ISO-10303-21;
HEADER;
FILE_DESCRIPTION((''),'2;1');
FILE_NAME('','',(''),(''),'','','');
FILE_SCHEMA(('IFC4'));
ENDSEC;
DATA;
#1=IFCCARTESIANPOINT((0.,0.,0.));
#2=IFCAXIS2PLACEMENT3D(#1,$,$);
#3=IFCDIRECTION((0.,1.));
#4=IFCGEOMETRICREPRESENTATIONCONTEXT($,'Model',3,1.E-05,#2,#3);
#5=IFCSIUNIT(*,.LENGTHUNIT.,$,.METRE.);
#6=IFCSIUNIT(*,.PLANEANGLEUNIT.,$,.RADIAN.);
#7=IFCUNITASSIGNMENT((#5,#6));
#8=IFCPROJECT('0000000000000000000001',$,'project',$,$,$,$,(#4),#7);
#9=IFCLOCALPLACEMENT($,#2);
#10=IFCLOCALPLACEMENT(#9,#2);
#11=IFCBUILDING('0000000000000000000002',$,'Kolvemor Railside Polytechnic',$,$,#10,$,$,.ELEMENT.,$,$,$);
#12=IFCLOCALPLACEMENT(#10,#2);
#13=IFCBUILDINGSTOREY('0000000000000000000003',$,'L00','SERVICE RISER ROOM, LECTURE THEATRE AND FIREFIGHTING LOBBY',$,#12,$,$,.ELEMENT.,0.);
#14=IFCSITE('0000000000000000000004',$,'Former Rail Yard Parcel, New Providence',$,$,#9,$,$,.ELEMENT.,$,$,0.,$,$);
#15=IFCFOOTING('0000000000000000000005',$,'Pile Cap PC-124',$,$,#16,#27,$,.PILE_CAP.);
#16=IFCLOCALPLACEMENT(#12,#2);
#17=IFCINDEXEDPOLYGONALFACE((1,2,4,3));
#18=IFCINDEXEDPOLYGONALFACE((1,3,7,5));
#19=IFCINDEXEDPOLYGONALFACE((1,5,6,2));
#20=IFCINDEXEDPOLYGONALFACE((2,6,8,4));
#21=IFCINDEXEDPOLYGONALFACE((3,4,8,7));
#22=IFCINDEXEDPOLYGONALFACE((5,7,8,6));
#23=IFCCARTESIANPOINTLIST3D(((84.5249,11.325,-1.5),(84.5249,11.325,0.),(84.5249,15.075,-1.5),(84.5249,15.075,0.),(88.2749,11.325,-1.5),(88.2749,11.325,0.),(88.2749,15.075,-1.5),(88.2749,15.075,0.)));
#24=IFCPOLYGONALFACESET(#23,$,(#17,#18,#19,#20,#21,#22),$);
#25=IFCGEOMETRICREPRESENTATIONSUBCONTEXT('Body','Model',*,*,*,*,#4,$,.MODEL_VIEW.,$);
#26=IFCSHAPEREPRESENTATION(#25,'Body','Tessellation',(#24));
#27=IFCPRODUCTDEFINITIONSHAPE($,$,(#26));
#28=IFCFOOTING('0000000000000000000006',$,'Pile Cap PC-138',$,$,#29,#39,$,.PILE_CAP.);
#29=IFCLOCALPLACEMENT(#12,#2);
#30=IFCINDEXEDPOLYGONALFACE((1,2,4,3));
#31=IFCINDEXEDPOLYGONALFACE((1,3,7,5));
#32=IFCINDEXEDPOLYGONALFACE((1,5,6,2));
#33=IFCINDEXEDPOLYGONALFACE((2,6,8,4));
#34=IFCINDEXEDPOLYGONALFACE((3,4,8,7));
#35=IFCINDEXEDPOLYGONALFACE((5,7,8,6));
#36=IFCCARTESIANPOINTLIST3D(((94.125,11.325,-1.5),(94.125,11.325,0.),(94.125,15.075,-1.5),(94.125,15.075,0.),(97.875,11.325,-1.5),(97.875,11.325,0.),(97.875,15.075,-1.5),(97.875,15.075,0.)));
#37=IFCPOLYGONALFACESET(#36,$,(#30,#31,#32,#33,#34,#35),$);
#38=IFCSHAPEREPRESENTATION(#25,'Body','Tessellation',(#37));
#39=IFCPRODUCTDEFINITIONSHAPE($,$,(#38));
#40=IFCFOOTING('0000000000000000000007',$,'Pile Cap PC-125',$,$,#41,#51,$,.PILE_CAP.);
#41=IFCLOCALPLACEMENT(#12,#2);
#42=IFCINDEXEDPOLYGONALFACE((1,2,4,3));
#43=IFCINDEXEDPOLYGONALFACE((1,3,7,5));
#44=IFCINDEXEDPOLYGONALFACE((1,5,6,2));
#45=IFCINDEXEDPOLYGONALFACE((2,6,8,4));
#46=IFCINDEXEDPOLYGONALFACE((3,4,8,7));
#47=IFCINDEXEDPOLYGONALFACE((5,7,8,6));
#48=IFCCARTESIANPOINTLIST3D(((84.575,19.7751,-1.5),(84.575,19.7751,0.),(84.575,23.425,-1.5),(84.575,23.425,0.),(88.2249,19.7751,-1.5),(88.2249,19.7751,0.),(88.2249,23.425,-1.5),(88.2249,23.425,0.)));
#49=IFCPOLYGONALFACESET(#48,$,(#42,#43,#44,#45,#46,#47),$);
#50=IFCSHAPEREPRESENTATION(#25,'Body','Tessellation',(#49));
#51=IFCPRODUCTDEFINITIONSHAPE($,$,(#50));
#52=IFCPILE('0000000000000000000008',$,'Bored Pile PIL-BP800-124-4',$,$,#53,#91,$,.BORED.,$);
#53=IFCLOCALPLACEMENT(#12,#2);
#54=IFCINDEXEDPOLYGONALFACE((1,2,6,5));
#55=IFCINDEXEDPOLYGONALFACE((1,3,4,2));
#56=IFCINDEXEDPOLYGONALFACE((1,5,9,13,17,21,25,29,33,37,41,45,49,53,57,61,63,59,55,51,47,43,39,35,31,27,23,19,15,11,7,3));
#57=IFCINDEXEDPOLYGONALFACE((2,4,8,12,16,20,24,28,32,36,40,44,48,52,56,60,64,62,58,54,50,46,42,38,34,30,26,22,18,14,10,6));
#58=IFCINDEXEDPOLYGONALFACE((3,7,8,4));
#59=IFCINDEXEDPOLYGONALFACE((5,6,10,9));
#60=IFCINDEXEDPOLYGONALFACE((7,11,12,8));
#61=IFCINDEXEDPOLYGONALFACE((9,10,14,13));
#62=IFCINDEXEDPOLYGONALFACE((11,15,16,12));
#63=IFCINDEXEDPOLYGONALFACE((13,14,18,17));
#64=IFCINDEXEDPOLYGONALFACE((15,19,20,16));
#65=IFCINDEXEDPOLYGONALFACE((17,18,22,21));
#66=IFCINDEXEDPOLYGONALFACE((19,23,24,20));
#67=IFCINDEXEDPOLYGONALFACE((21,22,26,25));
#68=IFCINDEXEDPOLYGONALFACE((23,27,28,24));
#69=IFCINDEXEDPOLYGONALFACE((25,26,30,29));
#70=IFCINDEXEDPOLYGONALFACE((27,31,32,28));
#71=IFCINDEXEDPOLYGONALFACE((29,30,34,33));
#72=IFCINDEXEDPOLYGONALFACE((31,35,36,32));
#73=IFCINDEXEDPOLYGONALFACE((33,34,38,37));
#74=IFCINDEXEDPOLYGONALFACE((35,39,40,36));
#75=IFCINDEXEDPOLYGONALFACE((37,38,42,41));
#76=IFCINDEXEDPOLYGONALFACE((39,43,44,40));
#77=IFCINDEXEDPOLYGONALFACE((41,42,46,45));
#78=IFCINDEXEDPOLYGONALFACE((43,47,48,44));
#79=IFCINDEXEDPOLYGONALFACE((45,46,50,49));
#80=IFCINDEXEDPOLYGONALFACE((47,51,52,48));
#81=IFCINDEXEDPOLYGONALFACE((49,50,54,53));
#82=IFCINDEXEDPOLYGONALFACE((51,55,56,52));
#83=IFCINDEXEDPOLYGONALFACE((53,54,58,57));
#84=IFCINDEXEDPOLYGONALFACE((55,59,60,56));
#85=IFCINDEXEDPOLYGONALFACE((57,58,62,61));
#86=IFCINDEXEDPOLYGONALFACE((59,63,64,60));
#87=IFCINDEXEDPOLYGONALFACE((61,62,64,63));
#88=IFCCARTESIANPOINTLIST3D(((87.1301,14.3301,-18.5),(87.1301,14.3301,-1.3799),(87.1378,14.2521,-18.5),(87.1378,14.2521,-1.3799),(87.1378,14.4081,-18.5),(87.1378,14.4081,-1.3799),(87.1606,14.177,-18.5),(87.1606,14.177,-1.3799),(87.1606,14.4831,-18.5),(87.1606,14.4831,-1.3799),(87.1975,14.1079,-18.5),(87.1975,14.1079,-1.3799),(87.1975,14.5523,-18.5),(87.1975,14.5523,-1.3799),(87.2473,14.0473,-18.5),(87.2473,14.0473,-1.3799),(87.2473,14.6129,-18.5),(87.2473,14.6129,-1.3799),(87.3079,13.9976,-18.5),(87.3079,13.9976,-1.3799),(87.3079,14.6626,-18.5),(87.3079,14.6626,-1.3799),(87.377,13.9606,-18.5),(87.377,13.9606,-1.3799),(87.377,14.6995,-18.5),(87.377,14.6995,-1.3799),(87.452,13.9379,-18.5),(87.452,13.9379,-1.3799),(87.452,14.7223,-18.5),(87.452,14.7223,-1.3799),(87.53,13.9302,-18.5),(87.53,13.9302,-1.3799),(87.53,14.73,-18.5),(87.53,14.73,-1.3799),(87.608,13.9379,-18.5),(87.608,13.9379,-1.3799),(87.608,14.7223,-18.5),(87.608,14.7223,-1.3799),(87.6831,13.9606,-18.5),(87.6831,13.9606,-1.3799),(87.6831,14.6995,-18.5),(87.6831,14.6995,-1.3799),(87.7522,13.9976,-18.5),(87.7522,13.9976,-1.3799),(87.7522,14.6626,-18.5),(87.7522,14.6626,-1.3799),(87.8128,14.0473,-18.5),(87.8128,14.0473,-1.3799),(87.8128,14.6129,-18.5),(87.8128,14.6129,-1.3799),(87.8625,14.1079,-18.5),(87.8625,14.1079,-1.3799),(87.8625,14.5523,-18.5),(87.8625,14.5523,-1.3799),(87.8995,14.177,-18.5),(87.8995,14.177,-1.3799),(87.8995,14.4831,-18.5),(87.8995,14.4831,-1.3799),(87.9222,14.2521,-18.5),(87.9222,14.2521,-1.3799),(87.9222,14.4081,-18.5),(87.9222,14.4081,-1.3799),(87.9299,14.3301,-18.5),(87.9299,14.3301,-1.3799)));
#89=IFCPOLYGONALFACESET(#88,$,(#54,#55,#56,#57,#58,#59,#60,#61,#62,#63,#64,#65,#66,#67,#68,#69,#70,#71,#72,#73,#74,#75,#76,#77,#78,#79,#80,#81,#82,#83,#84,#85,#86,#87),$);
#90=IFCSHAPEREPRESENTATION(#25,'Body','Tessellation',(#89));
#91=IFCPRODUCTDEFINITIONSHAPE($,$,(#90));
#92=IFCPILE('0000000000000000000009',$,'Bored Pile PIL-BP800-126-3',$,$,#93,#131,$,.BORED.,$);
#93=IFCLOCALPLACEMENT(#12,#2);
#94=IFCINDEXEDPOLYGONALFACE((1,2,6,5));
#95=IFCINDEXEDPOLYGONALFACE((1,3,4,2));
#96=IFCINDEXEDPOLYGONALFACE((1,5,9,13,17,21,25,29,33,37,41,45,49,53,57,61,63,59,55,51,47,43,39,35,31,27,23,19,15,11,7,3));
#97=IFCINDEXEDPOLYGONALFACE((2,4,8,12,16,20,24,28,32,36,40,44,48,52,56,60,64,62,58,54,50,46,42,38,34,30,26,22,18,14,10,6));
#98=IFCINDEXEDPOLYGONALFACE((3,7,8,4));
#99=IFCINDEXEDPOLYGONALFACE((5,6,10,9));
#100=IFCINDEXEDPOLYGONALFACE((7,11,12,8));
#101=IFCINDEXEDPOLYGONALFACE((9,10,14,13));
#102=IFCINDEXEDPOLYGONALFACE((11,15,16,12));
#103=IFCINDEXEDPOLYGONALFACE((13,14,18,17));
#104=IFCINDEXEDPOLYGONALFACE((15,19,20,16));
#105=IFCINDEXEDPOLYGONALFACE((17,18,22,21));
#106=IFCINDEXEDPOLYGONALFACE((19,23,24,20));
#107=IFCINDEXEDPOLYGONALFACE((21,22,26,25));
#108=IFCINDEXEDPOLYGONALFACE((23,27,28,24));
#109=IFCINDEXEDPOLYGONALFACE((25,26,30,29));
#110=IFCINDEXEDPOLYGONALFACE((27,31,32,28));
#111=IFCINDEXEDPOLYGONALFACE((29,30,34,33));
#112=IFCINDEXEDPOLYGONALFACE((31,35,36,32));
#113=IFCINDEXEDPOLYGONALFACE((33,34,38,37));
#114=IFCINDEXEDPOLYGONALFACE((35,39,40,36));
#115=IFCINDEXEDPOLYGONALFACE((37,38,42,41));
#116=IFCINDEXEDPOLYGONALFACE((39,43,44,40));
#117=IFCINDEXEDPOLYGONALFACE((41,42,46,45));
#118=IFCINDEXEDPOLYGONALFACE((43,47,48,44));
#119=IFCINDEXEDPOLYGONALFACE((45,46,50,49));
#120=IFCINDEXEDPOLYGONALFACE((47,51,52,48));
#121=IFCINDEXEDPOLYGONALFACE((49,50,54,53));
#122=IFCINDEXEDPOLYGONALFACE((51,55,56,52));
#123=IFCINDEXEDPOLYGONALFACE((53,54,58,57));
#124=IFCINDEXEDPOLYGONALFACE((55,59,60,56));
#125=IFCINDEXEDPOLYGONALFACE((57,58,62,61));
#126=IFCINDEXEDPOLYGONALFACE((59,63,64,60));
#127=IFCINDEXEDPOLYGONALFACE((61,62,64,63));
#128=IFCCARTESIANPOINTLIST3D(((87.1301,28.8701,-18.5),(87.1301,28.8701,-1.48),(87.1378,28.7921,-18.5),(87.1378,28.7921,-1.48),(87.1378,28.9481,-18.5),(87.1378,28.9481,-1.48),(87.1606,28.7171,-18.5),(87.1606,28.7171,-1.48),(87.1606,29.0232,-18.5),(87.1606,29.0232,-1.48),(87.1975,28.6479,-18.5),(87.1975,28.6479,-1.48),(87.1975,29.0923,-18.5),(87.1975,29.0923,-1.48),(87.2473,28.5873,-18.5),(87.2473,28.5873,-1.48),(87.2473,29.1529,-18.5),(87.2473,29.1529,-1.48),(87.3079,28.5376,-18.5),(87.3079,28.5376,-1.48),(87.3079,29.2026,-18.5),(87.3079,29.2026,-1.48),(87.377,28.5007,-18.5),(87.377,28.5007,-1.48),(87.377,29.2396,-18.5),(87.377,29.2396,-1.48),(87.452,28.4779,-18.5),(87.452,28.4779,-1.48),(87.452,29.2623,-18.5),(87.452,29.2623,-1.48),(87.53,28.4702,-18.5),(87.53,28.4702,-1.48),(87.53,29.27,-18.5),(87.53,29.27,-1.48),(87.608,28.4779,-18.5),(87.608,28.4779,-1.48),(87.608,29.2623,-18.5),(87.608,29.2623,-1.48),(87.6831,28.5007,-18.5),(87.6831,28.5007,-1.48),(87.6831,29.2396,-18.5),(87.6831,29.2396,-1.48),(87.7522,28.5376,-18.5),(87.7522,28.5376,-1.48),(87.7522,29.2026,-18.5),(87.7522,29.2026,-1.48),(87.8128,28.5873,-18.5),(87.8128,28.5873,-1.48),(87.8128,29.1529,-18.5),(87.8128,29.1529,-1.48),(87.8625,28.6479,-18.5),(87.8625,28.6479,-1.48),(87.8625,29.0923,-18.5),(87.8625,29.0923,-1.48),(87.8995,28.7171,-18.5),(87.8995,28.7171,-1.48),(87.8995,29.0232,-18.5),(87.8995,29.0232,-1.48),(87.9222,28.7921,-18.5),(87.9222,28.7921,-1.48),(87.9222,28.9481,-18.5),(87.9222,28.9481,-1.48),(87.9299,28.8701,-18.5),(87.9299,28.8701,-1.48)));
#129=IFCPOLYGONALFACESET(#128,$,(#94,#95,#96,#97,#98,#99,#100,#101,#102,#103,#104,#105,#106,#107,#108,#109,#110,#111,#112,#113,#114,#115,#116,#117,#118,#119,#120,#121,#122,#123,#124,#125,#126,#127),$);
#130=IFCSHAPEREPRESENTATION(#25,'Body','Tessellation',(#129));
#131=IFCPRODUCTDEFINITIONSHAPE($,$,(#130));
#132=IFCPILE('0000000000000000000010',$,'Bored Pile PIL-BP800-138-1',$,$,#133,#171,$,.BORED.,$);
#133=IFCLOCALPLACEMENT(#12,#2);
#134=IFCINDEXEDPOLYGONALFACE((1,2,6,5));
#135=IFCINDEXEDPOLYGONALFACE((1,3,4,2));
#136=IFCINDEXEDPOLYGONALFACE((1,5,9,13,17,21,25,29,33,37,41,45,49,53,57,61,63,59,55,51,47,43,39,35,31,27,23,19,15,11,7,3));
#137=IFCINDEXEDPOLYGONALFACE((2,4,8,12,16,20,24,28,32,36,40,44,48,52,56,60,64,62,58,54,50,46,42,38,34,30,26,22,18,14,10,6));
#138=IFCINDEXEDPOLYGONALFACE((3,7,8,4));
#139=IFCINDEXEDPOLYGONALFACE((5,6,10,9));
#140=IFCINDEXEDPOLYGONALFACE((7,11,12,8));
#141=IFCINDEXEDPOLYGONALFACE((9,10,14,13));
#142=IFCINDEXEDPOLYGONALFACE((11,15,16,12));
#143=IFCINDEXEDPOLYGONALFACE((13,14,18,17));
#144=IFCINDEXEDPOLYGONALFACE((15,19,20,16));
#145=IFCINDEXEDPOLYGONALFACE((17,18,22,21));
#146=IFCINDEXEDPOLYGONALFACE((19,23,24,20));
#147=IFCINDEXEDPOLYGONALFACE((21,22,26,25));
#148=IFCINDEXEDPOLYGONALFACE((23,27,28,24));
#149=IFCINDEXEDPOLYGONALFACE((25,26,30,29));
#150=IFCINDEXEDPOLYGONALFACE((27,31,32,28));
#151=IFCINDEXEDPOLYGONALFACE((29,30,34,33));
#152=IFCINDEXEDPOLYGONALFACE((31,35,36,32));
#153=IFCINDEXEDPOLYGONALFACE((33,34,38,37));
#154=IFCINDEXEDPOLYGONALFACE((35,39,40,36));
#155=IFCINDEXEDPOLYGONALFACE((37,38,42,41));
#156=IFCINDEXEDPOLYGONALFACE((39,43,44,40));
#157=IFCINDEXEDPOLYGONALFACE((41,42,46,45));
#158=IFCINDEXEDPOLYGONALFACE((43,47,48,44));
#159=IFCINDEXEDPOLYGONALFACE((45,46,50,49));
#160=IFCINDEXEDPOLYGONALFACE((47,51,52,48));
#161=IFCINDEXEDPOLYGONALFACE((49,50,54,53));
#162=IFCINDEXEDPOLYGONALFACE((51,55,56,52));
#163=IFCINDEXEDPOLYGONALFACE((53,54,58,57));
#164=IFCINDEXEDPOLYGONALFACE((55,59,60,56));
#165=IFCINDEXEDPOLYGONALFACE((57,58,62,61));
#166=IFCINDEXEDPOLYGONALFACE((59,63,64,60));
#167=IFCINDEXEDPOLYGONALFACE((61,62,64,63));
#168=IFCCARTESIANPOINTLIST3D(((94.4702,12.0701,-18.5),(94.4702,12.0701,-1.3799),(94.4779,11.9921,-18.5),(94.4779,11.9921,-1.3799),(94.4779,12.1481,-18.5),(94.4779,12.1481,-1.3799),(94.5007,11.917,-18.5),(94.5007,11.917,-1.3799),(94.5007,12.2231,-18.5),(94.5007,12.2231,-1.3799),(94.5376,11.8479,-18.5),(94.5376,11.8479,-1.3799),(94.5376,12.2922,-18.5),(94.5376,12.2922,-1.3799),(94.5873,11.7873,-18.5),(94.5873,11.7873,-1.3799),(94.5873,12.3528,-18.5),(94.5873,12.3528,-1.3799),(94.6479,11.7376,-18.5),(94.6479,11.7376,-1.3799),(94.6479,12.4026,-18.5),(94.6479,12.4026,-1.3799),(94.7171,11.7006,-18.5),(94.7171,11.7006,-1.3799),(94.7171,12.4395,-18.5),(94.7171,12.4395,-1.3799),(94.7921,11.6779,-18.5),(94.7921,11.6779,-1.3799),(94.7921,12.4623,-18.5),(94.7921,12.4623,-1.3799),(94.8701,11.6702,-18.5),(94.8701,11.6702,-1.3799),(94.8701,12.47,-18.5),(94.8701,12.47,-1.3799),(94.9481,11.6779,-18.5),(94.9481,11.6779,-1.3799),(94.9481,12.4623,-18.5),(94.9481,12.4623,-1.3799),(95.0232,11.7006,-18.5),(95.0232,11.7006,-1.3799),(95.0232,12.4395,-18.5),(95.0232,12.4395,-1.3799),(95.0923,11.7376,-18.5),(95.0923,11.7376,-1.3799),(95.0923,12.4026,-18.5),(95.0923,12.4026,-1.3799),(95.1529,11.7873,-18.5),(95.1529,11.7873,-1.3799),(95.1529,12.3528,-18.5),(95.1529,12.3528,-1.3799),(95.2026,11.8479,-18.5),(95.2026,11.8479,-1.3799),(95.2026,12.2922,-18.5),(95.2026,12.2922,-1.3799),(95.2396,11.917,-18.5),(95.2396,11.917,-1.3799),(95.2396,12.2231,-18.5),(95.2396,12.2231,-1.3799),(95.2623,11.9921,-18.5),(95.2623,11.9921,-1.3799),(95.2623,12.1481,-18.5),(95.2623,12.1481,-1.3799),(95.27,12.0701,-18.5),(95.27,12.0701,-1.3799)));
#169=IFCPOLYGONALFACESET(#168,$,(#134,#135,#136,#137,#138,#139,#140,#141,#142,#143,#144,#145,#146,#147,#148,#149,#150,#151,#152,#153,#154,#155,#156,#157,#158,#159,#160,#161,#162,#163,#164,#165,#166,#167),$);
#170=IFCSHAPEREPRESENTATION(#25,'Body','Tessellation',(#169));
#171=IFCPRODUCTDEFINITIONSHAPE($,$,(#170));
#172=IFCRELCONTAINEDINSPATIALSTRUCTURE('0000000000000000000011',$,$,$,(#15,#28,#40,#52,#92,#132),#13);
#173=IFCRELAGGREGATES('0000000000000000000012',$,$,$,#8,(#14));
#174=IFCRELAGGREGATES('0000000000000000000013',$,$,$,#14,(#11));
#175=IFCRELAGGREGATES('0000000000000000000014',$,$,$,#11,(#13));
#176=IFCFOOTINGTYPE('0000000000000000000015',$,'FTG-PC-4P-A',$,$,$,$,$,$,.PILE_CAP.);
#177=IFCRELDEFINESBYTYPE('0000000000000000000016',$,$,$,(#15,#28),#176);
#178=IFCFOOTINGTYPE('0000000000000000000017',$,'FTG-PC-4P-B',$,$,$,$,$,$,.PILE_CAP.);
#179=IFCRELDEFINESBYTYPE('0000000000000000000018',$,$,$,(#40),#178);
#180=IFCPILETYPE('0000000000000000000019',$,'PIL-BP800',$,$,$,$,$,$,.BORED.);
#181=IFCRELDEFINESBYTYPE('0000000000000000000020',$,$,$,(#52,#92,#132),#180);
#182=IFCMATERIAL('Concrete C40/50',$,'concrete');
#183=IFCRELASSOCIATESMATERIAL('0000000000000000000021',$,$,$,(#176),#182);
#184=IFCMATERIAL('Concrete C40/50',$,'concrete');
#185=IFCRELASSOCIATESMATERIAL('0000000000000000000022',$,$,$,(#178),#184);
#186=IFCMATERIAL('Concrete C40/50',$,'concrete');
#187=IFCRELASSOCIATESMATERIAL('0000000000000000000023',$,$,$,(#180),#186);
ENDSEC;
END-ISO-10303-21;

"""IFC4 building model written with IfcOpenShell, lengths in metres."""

from ifc_helpers import new_model, si_unit, direction, frame, origin, origin_2d, place, context, subcontext, project, spatial, rectangle, circle, extrude, material, material_profile, profile_set, type_object, element, save


model = new_model("IFC4")

# Units and contexts
model_context = context("Model", 3, precision=1e-05, world=origin(), true_north=direction((0.0, 1.0)))
body_context = subcontext(model_context, "Body", "Model", "MODEL_VIEW")
ifc_project = project(units=[si_unit("LENGTHUNIT", "METRE"), si_unit("PLANEANGLEUNIT", "RADIAN")], contexts=[model_context])

# Site, building, storey
site_placement = place(None, origin())
site = spatial("IfcSite", under=ifc_project, at=site_placement, Name="Former Rail Yard Parcel, New Providence", CompositionType="ELEMENT", RefElevation=0.0)
building_placement = place(site_placement, origin())
building = spatial("IfcBuilding", under=site, at=building_placement, Name="Kolvemor Railside Polytechnic", CompositionType="ELEMENT")
storey_placement = place(building_placement, origin())
storey = spatial("IfcBuildingStorey", under=building, at=storey_placement, Name="L00", Description="SERVICE RISER ROOM, LECTURE THEATRE AND FIREFIGHTING LOBBY", CompositionType="ELEMENT", Elevation=0.0)

# Footings
ifc_material_1 = material(Name="Concrete C40/50", Category="concrete")
footing_type_1 = type_object("IfcFootingType", Name="FTG-PC-4P-A", PredefinedType="PILE_CAP", material=ifc_material_1)
for number, where, z_axis, x_axis, name in (
    (1, (86.3999, 13.2, -1.5), (0.0, 0.0, 1.0), (1.0, 0.0, 0.0), "Pile Cap PC-124"),
    (2, (96.0, 13.2, -1.5), (0.0, 0.0, 1.0), (1.0, 0.0, 0.0), "Pile Cap PC-138"),
):
    element("IfcFooting", number, at=place(storey_placement, frame(where, z_axis=z_axis, x_axis=x_axis)), inside=storey, type_object=footing_type_1, Name=name, PredefinedType="PILE_CAP", context=body_context, shape_type="SweptSolid", body=[
        extrude(rectangle(XDim=3.75, YDim=3.75, at=origin_2d()), origin(), (0.0, 0.0, 1.0), 1.5),
    ])
ifc_material_2 = material(Name="Concrete C40/50", Category="concrete")
footing_type_2 = type_object("IfcFootingType", Name="FTG-PC-4P-B", PredefinedType="PILE_CAP", material=ifc_material_2)
footing_placement = place(storey_placement, frame((86.3999, 21.6001, -1.5), z_axis=(0.0, 0.0, 1.0), x_axis=(1.0, 0.0, 0.0)))
element("IfcFooting", 3, at=footing_placement, inside=storey, type_object=footing_type_2, Name="Pile Cap PC-125", PredefinedType="PILE_CAP", context=body_context, shape_type="SweptSolid", body=[
    extrude(rectangle(XDim=3.6499, YDim=3.6499, at=origin_2d()), origin(), (0.0, 0.0, 1.0), 1.5),
])

# Piles
ifc_material_3 = material(Name="Concrete C40/50", Category="concrete")
ifc_material_profile_1 = material_profile(ifc_material_3, circle(Radius=0.3999, at=origin_2d()), Name="BP800")
ifc_profile_set_1 = profile_set([ifc_material_profile_1], Name="Concrete C40/50")
pile_type_1 = type_object("IfcPileType", Name="PIL-BP800", PredefinedType="BORED", material=ifc_profile_set_1)
pile_1_placement = place(storey_placement, frame((87.53, 14.3301, -1.3799), z_axis=(0.0, 0.0, -1.0), x_axis=(1.0, 0.0, 0.0)))
element("IfcPile", 4, at=pile_1_placement, inside=storey, type_object=pile_type_1, Name="Bored Pile PIL-BP800-124-4", PredefinedType="BORED", context=body_context, shape_type="SweptSolid", body=[
    extrude(circle(Radius=0.3999, at=origin_2d()), origin(), (0.0, 0.0, 1.0), 17.1201),
])
pile_2_placement = place(storey_placement, frame((87.53, 28.8701, -1.48), z_axis=(0.0, 0.0, -1.0), x_axis=(1.0, 0.0, 0.0)))
element("IfcPile", 5, at=pile_2_placement, inside=storey, type_object=pile_type_1, Name="Bored Pile PIL-BP800-126-3", PredefinedType="BORED", context=body_context, shape_type="SweptSolid", body=[
    extrude(circle(Radius=0.3999, at=origin_2d()), origin(), (0.0, 0.0, 1.0), 17.02),
])
for number, where, z_axis, x_axis, name in (
    (6, (94.8701, 12.0701, -1.3799), (0.0, 0.0, -1.0), (1.0, 0.0, 0.0), "Bored Pile PIL-BP800-138-1"),
):
    element("IfcPile", number, at=place(storey_placement, frame(where, z_axis=z_axis, x_axis=x_axis)), inside=storey, type_object=pile_type_1, Name=name, PredefinedType="BORED", context=body_context, shape_type="SweptSolid", body=[
        extrude(circle(Radius=0.3999, at=origin_2d()), origin(), (0.0, 0.0, 1.0), 17.1201),
    ])

save(model, "model.ifc")
